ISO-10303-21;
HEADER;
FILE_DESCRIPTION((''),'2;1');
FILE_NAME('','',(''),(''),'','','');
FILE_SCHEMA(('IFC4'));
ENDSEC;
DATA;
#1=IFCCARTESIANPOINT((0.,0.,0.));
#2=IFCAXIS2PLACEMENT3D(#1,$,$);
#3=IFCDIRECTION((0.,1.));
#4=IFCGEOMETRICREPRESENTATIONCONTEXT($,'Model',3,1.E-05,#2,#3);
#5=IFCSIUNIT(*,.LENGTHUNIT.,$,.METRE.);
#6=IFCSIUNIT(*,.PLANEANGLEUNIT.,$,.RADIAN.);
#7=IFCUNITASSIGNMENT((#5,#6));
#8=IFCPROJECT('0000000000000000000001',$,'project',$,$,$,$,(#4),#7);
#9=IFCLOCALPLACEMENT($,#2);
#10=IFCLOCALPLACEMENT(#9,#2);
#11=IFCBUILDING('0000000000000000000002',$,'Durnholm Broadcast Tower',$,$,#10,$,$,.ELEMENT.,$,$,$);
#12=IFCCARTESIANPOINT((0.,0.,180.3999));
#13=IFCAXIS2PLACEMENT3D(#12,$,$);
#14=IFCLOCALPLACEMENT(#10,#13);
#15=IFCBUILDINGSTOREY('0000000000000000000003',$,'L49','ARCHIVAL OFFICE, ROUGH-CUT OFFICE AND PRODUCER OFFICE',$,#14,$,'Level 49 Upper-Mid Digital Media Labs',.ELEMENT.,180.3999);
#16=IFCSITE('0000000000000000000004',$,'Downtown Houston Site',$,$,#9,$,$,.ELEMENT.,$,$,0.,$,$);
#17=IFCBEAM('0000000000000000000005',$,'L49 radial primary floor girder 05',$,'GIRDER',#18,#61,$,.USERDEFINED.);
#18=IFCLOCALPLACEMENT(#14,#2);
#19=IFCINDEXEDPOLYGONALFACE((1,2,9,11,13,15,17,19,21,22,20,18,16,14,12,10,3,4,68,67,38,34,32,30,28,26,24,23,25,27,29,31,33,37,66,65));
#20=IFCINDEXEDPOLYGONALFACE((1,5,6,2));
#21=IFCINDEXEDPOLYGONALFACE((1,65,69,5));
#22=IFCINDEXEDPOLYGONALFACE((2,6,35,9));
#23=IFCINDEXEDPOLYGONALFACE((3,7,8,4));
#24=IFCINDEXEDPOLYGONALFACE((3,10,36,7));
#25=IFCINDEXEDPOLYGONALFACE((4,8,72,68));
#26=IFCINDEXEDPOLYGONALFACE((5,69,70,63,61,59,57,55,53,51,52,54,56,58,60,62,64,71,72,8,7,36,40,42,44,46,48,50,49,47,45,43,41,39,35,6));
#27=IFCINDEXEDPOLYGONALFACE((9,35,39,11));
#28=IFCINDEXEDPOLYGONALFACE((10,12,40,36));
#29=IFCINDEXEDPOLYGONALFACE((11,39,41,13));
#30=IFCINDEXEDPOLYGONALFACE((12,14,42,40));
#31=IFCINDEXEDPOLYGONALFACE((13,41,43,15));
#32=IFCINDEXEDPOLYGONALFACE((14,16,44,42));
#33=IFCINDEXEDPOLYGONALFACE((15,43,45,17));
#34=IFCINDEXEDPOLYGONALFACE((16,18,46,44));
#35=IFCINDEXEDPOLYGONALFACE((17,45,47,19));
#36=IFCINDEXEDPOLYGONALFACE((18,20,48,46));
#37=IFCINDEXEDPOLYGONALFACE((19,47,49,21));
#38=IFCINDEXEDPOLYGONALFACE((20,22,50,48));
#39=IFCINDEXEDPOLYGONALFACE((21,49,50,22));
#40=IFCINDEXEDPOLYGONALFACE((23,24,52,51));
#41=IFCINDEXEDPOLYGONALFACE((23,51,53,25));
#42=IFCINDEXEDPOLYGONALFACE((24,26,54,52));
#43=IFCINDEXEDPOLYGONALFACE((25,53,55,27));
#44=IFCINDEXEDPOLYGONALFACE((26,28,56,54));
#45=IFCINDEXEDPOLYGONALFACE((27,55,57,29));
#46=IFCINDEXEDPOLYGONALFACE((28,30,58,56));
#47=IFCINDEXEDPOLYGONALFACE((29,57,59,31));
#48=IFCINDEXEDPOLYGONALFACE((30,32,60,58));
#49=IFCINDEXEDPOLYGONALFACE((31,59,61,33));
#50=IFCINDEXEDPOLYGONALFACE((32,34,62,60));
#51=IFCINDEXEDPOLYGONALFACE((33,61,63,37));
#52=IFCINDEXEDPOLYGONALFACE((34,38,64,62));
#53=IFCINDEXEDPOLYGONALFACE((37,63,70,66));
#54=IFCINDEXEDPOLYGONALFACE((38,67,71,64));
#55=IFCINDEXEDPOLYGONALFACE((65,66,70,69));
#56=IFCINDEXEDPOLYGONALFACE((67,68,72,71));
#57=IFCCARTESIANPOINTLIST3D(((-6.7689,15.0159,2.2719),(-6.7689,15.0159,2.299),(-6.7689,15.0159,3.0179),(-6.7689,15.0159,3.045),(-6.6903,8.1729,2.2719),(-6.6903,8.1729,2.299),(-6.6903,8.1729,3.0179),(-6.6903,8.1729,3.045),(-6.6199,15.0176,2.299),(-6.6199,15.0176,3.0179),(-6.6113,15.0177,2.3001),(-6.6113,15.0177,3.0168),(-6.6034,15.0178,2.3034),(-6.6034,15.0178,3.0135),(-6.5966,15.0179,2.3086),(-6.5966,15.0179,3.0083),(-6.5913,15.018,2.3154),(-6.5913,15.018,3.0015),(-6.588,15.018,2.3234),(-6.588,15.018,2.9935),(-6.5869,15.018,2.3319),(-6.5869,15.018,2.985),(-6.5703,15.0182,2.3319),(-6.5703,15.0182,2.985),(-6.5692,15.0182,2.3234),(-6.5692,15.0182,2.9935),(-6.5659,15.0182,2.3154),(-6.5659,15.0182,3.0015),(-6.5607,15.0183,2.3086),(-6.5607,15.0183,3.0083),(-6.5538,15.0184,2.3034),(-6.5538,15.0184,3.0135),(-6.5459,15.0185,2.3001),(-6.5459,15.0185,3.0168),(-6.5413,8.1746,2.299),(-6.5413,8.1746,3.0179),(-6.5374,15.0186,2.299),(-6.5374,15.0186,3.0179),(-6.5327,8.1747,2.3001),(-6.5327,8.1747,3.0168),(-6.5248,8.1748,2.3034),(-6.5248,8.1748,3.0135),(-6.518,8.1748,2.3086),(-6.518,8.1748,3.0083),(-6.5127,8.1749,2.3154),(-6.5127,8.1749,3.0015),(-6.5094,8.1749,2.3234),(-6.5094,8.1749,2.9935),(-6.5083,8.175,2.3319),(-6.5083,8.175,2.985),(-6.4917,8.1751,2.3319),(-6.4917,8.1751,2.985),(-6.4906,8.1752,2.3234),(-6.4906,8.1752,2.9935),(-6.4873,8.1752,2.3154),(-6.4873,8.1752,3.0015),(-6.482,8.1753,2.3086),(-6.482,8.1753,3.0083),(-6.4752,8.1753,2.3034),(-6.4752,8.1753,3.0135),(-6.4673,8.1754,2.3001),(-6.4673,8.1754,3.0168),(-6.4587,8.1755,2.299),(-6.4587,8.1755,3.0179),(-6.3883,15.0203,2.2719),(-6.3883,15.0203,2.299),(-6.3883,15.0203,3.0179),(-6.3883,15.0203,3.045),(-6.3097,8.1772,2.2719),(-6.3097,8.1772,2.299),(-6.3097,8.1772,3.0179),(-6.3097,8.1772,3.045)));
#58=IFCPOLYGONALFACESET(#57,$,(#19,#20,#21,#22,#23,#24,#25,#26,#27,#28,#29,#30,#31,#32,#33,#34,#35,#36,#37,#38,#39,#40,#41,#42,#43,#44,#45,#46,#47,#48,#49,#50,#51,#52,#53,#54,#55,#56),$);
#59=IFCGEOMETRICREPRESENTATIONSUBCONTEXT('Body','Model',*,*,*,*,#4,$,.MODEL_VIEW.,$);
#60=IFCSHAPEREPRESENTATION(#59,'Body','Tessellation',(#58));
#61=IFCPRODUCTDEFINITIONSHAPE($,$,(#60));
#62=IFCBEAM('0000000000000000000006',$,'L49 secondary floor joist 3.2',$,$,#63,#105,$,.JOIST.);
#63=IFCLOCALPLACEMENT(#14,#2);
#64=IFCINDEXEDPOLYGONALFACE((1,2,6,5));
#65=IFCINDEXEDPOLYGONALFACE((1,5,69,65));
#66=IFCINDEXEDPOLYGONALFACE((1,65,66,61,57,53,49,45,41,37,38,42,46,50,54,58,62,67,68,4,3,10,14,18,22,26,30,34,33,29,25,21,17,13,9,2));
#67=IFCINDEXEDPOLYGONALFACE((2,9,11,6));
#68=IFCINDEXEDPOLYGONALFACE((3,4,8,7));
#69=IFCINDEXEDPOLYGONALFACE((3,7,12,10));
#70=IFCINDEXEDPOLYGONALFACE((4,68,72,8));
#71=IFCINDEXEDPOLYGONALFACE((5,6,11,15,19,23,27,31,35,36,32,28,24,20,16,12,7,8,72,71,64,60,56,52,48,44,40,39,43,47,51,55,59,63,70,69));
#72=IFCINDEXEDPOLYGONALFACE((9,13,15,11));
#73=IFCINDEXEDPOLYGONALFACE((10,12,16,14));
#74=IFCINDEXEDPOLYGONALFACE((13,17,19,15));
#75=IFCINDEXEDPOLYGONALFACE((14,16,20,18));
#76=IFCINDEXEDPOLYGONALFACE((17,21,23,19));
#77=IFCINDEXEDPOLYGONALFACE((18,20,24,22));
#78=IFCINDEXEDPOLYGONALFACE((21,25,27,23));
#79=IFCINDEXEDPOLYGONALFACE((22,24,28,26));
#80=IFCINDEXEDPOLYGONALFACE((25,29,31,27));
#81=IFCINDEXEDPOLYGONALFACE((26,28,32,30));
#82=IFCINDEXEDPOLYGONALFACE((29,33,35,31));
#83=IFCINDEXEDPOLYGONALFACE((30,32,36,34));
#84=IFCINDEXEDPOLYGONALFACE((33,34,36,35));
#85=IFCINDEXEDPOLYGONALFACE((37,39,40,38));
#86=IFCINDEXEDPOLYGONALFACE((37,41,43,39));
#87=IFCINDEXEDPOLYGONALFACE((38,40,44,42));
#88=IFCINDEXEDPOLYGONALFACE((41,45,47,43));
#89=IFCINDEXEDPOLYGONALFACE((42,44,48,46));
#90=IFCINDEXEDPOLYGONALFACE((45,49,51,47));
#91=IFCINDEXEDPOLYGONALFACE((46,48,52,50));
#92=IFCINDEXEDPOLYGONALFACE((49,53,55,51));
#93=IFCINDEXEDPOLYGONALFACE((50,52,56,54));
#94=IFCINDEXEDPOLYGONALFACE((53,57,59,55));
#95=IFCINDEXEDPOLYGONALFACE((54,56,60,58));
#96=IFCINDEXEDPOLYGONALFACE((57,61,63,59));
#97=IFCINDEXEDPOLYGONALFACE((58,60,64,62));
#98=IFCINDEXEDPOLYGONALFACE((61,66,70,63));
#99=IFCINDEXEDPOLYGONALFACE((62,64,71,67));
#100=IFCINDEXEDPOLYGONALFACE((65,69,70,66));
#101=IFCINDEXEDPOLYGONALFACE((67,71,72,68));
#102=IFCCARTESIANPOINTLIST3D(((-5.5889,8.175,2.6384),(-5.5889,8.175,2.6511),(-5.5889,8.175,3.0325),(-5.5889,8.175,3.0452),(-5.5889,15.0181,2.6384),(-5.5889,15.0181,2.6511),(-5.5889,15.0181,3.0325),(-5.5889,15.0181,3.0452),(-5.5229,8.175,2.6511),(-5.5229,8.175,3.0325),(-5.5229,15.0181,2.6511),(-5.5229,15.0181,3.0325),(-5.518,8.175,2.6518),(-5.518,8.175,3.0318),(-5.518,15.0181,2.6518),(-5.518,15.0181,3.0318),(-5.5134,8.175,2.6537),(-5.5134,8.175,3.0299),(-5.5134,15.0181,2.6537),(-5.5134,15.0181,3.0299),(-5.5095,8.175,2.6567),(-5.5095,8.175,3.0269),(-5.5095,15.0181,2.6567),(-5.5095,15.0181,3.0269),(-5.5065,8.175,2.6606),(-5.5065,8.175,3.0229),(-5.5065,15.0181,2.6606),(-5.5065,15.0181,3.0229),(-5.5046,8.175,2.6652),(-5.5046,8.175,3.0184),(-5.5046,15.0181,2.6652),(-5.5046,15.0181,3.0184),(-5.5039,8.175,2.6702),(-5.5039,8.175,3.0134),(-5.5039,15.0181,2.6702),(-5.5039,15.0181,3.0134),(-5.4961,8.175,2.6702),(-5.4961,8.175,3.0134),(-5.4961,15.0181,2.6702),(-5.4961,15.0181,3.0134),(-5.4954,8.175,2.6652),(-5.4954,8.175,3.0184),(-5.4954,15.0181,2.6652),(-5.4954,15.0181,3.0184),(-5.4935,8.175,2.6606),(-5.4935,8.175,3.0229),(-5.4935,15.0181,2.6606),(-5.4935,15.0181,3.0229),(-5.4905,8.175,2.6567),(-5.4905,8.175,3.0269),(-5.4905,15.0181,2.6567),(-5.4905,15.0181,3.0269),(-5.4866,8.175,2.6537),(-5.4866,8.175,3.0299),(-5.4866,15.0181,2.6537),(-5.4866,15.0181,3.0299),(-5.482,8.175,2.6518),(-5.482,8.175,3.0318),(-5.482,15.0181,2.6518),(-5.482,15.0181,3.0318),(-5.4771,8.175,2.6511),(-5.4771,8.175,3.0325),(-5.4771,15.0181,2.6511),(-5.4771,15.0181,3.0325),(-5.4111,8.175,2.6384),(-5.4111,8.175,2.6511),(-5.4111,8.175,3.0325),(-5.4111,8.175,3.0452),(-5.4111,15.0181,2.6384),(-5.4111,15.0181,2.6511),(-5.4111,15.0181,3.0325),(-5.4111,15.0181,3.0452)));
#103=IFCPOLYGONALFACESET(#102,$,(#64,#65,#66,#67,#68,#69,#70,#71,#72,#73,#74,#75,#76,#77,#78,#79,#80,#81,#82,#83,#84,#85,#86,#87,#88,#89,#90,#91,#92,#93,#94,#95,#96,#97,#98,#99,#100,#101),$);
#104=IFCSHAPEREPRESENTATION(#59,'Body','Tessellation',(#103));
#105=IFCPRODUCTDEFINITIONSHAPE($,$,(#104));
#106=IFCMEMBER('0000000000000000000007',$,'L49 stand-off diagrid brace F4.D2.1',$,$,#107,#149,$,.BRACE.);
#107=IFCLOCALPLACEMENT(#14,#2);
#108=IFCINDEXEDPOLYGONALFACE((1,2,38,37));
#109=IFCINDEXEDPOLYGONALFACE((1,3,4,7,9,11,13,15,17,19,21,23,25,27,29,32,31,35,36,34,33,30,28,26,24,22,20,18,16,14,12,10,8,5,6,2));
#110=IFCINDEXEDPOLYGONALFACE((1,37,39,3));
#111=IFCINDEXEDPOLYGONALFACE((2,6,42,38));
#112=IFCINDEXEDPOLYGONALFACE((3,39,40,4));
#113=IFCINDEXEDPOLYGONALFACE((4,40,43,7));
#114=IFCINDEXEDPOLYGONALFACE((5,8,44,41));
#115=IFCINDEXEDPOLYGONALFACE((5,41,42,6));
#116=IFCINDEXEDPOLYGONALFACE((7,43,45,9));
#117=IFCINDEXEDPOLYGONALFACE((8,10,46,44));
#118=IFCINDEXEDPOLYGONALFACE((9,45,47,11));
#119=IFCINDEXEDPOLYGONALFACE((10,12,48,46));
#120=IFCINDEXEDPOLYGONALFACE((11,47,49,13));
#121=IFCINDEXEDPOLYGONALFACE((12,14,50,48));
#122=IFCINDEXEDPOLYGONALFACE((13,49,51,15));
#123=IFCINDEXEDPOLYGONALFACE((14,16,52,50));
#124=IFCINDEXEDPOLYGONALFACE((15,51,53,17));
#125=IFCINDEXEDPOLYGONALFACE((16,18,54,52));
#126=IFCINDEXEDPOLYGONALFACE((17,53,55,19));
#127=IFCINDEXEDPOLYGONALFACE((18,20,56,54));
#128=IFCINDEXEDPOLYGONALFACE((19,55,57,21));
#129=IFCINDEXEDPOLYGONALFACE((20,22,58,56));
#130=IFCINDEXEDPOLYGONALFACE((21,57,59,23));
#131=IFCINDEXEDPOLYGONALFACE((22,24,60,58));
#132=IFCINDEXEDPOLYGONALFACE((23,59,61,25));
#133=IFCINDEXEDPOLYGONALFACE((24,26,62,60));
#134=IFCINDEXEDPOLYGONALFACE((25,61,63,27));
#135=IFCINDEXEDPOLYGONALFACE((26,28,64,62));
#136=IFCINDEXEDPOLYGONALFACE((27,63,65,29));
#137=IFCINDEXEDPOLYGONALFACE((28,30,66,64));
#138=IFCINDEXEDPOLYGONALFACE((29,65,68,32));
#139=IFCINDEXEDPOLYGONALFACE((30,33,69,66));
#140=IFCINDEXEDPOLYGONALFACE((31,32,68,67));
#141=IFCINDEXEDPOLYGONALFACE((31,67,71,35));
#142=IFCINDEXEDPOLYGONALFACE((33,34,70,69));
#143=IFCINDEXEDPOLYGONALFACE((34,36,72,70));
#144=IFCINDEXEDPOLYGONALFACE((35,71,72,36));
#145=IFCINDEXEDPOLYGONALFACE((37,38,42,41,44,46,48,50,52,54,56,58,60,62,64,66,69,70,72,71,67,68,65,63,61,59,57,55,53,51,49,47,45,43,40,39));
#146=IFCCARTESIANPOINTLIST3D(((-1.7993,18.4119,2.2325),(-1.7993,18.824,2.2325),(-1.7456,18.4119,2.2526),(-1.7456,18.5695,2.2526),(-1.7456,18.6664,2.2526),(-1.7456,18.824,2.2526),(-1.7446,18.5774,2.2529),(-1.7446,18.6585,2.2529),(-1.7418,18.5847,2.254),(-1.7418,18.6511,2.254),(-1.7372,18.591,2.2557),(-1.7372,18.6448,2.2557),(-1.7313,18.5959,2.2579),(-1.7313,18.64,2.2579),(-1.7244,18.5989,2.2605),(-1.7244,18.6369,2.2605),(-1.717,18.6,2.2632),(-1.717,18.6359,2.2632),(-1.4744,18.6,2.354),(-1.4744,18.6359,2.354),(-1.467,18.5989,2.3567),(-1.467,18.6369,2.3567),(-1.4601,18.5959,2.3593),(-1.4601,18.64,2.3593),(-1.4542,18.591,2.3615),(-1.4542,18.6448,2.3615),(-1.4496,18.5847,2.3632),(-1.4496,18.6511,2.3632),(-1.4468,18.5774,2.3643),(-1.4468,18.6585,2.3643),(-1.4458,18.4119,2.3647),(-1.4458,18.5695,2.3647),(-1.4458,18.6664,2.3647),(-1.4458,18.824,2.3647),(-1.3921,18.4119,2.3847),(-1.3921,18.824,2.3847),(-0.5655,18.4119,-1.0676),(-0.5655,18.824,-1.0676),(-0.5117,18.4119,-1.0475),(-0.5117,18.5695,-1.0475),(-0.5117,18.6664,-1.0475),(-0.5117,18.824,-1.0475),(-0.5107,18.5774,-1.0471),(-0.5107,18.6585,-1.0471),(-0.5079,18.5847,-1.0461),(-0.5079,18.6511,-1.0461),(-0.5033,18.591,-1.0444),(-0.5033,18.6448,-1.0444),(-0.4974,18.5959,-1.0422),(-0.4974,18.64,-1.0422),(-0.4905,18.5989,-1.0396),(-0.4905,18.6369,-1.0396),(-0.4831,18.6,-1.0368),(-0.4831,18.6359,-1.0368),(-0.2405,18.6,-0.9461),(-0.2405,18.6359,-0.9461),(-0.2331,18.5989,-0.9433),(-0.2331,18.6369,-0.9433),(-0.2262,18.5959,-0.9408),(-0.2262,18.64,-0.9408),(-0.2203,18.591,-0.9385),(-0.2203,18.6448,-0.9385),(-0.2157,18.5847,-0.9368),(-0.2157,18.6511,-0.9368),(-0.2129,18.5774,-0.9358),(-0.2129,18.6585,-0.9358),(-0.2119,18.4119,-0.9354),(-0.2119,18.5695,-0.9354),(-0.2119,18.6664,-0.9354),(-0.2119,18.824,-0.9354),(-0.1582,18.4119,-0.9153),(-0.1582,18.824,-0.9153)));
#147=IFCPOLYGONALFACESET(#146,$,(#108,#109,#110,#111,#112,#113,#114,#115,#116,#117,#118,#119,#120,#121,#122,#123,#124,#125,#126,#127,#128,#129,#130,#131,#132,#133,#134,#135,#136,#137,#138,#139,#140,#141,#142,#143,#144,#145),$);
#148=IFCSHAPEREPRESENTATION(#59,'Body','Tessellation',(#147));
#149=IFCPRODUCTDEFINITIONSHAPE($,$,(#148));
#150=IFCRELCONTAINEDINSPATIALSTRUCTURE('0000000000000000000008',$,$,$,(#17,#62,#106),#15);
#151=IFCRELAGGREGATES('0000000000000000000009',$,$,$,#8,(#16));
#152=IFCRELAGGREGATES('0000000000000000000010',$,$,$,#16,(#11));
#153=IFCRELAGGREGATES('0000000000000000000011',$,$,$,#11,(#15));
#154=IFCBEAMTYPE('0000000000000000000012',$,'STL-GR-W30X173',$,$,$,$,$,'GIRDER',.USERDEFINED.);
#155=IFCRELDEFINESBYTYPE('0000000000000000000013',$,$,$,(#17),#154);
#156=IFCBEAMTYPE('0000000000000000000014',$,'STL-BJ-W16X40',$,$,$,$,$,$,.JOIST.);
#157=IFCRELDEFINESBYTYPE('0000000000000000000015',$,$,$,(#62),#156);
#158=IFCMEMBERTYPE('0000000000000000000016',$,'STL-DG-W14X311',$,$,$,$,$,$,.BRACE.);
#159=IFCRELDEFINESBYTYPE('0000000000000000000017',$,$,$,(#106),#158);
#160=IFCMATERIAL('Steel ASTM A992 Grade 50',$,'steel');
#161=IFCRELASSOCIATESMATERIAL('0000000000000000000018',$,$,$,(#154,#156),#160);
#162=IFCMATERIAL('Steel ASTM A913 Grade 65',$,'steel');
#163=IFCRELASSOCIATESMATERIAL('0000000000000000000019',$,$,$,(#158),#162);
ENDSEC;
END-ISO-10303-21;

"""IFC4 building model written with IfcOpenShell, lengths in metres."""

from ifc_helpers import new_model, si_unit, direction, frame, origin, origin_2d, place, context, subcontext, project, spatial, i_section, extrude, source, transform, mapped, material, material_profile, profile_set, type_object, type_shapes, element, save


model = new_model("IFC4")

# Units and contexts
model_context = context("Model", 3, precision=1e-05, world=origin(), true_north=direction((0.0, 1.0)))
body_context = subcontext(model_context, "Body", "Model", "MODEL_VIEW")
ifc_project = project(units=[si_unit("LENGTHUNIT", "METRE"), si_unit("PLANEANGLEUNIT", "RADIAN")], contexts=[model_context])

# Site, building, storey
site_placement = place(None, origin())
site = spatial("IfcSite", under=ifc_project, at=site_placement, Name="Downtown Houston Site", CompositionType="ELEMENT", RefElevation=0.0)
building_placement = place(site_placement, origin())
building = spatial("IfcBuilding", under=site, at=building_placement, Name="Durnholm Broadcast Tower", CompositionType="ELEMENT")
storey_placement = place(building_placement, frame((0.0, 0.0, 180.3999)))
storey = spatial("IfcBuildingStorey", under=building, at=storey_placement, Name="L49", Description="ARCHIVAL OFFICE, ROUGH-CUT OFFICE AND PRODUCER OFFICE", LongName="Level 49 Upper-Mid Digital Media Labs", CompositionType="ELEMENT", Elevation=180.3999)

# Beams
ifc_material_1 = material(Name="Steel ASTM A992 Grade 50", Category="steel")
ifc_material_profile_1 = material_profile(ifc_material_1, i_section(OverallWidth=0.3806, OverallDepth=0.7732, WebThickness=0.0166, FlangeThickness=0.0271, FilletRadius=0.033, at=origin_2d()), Name="W30X173")
ifc_profile_set_1 = profile_set([ifc_material_profile_1], Name="Steel ASTM A992 Grade 50")
beam_type_1 = type_object("IfcBeamType", Name="STL-GR-W30X173", ElementType="GIRDER", PredefinedType="USERDEFINED", material=ifc_profile_set_1)
shared_shape_1 = source(origin(), body_context, "Body", "SweptSolid", [
    extrude(i_section(OverallWidth=0.3806, OverallDepth=0.7732, WebThickness=0.0166, FlangeThickness=0.0271, FilletRadius=0.033, at=origin_2d()), origin(), (0.0, 0.0, 1.0), 6.8435),
])
beam_1_placement = place(storey_placement, frame((-6.5, 8.175, 2.6584), z_axis=(-0.011487, 0.999934, 0.0), x_axis=(-0.999934, -0.011487, 0.0)))
element("IfcBeam", 1, at=beam_1_placement, inside=storey, type_object=beam_type_1, Name="L49 radial primary floor girder 05", ObjectType="GIRDER", PredefinedType="USERDEFINED", context=body_context, shape_type="MappedRepresentation", body=[
    mapped(shared_shape_1, transform((0.0, 0.0, 0.0), x_axis=(1.0, 0.0, 0.0), y_axis=(0.0, 1.0, 0.0), z_axis=(0.0, 0.0, 1.0), scale=1.0)),
])
ifc_material_profile_2 = material_profile(ifc_material_1, i_section(OverallWidth=0.1777, OverallDepth=0.4067, WebThickness=0.0078, FlangeThickness=0.0127, FilletRadius=0.019, at=origin_2d()), Name="W16X40")
ifc_profile_set_2 = profile_set([ifc_material_profile_2], Name="Steel ASTM A992 Grade 50")
beam_type_2 = type_object("IfcBeamType", Name="STL-BJ-W16X40", PredefinedType="JOIST", material=ifc_profile_set_2)
shared_shape_2 = source(origin(), body_context, "Body", "SweptSolid", [
    extrude(i_section(OverallWidth=0.1777, OverallDepth=0.4067, WebThickness=0.0078, FlangeThickness=0.0127, FilletRadius=0.019, at=origin_2d()), origin(), (0.0, 0.0, 1.0), 6.843),
])
type_shapes(beam_type_2, [shared_shape_2])
beam_2_placement = place(storey_placement, frame((-5.5, 8.175, 2.8418), z_axis=(0.0, 1.0, 0.0), x_axis=(-1.0, 0.0, 0.0)))
element("IfcBeam", 2, at=beam_2_placement, inside=storey, type_object=beam_type_2, Name="L49 secondary floor joist 3.2", PredefinedType="JOIST", context=body_context, shape_type="MappedRepresentation", body=[
    mapped(shared_shape_2, transform((0.0, 0.0, 0.0), x_axis=(1.0, 0.0, 0.0), y_axis=(0.0, 1.0, 0.0), z_axis=(0.0, 0.0, 1.0), scale=1.0)),
])

# Member
ifc_material_2 = material(Name="Steel ASTM A913 Grade 65", Category="steel")
ifc_material_profile_3 = material_profile(ifc_material_2, i_section(OverallWidth=0.4121, OverallDepth=0.4348, WebThickness=0.0359, FlangeThickness=0.0574, FilletRadius=0.0305, at=origin_2d()), Name="W14X311")
ifc_profile_set_3 = profile_set([ifc_material_profile_3], Name="Steel ASTM A913 Grade 65")
member_type_1 = type_object("IfcMemberType", Name="STL-DG-W14X311", PredefinedType="BRACE", material=ifc_profile_set_3)
shared_shape_3 = source(origin(), body_context, "Body", "SweptSolid", [
    extrude(i_section(OverallWidth=0.4121, OverallDepth=0.4348, WebThickness=0.0359, FlangeThickness=0.0574, FilletRadius=0.0305, at=origin_2d()), origin(), (0.0, 0.0, 1.0), 3.5232),
])
type_shapes(member_type_1, [shared_shape_3])
for number, where, z_axis, x_axis, name in (
    (3, (-0.3618, 18.6179, -0.9915), (-0.35022, 0.0, 0.936668), (0.0, -1.0, 0.0), "L49 stand-off diagrid brace F4.D2.1"),
):
    element("IfcMember", number, at=place(storey_placement, frame(where, z_axis=z_axis, x_axis=x_axis)), inside=storey, type_object=member_type_1, Name=name, PredefinedType="BRACE", context=body_context, shape_type="MappedRepresentation", body=[
        mapped(shared_shape_3, transform((0.0, 0.0, 0.0), x_axis=(1.0, 0.0, 0.0), y_axis=(0.0, 1.0, 0.0), z_axis=(0.0, 0.0, 1.0), scale=1.0)),
    ])

save(model, "model.ifc")
